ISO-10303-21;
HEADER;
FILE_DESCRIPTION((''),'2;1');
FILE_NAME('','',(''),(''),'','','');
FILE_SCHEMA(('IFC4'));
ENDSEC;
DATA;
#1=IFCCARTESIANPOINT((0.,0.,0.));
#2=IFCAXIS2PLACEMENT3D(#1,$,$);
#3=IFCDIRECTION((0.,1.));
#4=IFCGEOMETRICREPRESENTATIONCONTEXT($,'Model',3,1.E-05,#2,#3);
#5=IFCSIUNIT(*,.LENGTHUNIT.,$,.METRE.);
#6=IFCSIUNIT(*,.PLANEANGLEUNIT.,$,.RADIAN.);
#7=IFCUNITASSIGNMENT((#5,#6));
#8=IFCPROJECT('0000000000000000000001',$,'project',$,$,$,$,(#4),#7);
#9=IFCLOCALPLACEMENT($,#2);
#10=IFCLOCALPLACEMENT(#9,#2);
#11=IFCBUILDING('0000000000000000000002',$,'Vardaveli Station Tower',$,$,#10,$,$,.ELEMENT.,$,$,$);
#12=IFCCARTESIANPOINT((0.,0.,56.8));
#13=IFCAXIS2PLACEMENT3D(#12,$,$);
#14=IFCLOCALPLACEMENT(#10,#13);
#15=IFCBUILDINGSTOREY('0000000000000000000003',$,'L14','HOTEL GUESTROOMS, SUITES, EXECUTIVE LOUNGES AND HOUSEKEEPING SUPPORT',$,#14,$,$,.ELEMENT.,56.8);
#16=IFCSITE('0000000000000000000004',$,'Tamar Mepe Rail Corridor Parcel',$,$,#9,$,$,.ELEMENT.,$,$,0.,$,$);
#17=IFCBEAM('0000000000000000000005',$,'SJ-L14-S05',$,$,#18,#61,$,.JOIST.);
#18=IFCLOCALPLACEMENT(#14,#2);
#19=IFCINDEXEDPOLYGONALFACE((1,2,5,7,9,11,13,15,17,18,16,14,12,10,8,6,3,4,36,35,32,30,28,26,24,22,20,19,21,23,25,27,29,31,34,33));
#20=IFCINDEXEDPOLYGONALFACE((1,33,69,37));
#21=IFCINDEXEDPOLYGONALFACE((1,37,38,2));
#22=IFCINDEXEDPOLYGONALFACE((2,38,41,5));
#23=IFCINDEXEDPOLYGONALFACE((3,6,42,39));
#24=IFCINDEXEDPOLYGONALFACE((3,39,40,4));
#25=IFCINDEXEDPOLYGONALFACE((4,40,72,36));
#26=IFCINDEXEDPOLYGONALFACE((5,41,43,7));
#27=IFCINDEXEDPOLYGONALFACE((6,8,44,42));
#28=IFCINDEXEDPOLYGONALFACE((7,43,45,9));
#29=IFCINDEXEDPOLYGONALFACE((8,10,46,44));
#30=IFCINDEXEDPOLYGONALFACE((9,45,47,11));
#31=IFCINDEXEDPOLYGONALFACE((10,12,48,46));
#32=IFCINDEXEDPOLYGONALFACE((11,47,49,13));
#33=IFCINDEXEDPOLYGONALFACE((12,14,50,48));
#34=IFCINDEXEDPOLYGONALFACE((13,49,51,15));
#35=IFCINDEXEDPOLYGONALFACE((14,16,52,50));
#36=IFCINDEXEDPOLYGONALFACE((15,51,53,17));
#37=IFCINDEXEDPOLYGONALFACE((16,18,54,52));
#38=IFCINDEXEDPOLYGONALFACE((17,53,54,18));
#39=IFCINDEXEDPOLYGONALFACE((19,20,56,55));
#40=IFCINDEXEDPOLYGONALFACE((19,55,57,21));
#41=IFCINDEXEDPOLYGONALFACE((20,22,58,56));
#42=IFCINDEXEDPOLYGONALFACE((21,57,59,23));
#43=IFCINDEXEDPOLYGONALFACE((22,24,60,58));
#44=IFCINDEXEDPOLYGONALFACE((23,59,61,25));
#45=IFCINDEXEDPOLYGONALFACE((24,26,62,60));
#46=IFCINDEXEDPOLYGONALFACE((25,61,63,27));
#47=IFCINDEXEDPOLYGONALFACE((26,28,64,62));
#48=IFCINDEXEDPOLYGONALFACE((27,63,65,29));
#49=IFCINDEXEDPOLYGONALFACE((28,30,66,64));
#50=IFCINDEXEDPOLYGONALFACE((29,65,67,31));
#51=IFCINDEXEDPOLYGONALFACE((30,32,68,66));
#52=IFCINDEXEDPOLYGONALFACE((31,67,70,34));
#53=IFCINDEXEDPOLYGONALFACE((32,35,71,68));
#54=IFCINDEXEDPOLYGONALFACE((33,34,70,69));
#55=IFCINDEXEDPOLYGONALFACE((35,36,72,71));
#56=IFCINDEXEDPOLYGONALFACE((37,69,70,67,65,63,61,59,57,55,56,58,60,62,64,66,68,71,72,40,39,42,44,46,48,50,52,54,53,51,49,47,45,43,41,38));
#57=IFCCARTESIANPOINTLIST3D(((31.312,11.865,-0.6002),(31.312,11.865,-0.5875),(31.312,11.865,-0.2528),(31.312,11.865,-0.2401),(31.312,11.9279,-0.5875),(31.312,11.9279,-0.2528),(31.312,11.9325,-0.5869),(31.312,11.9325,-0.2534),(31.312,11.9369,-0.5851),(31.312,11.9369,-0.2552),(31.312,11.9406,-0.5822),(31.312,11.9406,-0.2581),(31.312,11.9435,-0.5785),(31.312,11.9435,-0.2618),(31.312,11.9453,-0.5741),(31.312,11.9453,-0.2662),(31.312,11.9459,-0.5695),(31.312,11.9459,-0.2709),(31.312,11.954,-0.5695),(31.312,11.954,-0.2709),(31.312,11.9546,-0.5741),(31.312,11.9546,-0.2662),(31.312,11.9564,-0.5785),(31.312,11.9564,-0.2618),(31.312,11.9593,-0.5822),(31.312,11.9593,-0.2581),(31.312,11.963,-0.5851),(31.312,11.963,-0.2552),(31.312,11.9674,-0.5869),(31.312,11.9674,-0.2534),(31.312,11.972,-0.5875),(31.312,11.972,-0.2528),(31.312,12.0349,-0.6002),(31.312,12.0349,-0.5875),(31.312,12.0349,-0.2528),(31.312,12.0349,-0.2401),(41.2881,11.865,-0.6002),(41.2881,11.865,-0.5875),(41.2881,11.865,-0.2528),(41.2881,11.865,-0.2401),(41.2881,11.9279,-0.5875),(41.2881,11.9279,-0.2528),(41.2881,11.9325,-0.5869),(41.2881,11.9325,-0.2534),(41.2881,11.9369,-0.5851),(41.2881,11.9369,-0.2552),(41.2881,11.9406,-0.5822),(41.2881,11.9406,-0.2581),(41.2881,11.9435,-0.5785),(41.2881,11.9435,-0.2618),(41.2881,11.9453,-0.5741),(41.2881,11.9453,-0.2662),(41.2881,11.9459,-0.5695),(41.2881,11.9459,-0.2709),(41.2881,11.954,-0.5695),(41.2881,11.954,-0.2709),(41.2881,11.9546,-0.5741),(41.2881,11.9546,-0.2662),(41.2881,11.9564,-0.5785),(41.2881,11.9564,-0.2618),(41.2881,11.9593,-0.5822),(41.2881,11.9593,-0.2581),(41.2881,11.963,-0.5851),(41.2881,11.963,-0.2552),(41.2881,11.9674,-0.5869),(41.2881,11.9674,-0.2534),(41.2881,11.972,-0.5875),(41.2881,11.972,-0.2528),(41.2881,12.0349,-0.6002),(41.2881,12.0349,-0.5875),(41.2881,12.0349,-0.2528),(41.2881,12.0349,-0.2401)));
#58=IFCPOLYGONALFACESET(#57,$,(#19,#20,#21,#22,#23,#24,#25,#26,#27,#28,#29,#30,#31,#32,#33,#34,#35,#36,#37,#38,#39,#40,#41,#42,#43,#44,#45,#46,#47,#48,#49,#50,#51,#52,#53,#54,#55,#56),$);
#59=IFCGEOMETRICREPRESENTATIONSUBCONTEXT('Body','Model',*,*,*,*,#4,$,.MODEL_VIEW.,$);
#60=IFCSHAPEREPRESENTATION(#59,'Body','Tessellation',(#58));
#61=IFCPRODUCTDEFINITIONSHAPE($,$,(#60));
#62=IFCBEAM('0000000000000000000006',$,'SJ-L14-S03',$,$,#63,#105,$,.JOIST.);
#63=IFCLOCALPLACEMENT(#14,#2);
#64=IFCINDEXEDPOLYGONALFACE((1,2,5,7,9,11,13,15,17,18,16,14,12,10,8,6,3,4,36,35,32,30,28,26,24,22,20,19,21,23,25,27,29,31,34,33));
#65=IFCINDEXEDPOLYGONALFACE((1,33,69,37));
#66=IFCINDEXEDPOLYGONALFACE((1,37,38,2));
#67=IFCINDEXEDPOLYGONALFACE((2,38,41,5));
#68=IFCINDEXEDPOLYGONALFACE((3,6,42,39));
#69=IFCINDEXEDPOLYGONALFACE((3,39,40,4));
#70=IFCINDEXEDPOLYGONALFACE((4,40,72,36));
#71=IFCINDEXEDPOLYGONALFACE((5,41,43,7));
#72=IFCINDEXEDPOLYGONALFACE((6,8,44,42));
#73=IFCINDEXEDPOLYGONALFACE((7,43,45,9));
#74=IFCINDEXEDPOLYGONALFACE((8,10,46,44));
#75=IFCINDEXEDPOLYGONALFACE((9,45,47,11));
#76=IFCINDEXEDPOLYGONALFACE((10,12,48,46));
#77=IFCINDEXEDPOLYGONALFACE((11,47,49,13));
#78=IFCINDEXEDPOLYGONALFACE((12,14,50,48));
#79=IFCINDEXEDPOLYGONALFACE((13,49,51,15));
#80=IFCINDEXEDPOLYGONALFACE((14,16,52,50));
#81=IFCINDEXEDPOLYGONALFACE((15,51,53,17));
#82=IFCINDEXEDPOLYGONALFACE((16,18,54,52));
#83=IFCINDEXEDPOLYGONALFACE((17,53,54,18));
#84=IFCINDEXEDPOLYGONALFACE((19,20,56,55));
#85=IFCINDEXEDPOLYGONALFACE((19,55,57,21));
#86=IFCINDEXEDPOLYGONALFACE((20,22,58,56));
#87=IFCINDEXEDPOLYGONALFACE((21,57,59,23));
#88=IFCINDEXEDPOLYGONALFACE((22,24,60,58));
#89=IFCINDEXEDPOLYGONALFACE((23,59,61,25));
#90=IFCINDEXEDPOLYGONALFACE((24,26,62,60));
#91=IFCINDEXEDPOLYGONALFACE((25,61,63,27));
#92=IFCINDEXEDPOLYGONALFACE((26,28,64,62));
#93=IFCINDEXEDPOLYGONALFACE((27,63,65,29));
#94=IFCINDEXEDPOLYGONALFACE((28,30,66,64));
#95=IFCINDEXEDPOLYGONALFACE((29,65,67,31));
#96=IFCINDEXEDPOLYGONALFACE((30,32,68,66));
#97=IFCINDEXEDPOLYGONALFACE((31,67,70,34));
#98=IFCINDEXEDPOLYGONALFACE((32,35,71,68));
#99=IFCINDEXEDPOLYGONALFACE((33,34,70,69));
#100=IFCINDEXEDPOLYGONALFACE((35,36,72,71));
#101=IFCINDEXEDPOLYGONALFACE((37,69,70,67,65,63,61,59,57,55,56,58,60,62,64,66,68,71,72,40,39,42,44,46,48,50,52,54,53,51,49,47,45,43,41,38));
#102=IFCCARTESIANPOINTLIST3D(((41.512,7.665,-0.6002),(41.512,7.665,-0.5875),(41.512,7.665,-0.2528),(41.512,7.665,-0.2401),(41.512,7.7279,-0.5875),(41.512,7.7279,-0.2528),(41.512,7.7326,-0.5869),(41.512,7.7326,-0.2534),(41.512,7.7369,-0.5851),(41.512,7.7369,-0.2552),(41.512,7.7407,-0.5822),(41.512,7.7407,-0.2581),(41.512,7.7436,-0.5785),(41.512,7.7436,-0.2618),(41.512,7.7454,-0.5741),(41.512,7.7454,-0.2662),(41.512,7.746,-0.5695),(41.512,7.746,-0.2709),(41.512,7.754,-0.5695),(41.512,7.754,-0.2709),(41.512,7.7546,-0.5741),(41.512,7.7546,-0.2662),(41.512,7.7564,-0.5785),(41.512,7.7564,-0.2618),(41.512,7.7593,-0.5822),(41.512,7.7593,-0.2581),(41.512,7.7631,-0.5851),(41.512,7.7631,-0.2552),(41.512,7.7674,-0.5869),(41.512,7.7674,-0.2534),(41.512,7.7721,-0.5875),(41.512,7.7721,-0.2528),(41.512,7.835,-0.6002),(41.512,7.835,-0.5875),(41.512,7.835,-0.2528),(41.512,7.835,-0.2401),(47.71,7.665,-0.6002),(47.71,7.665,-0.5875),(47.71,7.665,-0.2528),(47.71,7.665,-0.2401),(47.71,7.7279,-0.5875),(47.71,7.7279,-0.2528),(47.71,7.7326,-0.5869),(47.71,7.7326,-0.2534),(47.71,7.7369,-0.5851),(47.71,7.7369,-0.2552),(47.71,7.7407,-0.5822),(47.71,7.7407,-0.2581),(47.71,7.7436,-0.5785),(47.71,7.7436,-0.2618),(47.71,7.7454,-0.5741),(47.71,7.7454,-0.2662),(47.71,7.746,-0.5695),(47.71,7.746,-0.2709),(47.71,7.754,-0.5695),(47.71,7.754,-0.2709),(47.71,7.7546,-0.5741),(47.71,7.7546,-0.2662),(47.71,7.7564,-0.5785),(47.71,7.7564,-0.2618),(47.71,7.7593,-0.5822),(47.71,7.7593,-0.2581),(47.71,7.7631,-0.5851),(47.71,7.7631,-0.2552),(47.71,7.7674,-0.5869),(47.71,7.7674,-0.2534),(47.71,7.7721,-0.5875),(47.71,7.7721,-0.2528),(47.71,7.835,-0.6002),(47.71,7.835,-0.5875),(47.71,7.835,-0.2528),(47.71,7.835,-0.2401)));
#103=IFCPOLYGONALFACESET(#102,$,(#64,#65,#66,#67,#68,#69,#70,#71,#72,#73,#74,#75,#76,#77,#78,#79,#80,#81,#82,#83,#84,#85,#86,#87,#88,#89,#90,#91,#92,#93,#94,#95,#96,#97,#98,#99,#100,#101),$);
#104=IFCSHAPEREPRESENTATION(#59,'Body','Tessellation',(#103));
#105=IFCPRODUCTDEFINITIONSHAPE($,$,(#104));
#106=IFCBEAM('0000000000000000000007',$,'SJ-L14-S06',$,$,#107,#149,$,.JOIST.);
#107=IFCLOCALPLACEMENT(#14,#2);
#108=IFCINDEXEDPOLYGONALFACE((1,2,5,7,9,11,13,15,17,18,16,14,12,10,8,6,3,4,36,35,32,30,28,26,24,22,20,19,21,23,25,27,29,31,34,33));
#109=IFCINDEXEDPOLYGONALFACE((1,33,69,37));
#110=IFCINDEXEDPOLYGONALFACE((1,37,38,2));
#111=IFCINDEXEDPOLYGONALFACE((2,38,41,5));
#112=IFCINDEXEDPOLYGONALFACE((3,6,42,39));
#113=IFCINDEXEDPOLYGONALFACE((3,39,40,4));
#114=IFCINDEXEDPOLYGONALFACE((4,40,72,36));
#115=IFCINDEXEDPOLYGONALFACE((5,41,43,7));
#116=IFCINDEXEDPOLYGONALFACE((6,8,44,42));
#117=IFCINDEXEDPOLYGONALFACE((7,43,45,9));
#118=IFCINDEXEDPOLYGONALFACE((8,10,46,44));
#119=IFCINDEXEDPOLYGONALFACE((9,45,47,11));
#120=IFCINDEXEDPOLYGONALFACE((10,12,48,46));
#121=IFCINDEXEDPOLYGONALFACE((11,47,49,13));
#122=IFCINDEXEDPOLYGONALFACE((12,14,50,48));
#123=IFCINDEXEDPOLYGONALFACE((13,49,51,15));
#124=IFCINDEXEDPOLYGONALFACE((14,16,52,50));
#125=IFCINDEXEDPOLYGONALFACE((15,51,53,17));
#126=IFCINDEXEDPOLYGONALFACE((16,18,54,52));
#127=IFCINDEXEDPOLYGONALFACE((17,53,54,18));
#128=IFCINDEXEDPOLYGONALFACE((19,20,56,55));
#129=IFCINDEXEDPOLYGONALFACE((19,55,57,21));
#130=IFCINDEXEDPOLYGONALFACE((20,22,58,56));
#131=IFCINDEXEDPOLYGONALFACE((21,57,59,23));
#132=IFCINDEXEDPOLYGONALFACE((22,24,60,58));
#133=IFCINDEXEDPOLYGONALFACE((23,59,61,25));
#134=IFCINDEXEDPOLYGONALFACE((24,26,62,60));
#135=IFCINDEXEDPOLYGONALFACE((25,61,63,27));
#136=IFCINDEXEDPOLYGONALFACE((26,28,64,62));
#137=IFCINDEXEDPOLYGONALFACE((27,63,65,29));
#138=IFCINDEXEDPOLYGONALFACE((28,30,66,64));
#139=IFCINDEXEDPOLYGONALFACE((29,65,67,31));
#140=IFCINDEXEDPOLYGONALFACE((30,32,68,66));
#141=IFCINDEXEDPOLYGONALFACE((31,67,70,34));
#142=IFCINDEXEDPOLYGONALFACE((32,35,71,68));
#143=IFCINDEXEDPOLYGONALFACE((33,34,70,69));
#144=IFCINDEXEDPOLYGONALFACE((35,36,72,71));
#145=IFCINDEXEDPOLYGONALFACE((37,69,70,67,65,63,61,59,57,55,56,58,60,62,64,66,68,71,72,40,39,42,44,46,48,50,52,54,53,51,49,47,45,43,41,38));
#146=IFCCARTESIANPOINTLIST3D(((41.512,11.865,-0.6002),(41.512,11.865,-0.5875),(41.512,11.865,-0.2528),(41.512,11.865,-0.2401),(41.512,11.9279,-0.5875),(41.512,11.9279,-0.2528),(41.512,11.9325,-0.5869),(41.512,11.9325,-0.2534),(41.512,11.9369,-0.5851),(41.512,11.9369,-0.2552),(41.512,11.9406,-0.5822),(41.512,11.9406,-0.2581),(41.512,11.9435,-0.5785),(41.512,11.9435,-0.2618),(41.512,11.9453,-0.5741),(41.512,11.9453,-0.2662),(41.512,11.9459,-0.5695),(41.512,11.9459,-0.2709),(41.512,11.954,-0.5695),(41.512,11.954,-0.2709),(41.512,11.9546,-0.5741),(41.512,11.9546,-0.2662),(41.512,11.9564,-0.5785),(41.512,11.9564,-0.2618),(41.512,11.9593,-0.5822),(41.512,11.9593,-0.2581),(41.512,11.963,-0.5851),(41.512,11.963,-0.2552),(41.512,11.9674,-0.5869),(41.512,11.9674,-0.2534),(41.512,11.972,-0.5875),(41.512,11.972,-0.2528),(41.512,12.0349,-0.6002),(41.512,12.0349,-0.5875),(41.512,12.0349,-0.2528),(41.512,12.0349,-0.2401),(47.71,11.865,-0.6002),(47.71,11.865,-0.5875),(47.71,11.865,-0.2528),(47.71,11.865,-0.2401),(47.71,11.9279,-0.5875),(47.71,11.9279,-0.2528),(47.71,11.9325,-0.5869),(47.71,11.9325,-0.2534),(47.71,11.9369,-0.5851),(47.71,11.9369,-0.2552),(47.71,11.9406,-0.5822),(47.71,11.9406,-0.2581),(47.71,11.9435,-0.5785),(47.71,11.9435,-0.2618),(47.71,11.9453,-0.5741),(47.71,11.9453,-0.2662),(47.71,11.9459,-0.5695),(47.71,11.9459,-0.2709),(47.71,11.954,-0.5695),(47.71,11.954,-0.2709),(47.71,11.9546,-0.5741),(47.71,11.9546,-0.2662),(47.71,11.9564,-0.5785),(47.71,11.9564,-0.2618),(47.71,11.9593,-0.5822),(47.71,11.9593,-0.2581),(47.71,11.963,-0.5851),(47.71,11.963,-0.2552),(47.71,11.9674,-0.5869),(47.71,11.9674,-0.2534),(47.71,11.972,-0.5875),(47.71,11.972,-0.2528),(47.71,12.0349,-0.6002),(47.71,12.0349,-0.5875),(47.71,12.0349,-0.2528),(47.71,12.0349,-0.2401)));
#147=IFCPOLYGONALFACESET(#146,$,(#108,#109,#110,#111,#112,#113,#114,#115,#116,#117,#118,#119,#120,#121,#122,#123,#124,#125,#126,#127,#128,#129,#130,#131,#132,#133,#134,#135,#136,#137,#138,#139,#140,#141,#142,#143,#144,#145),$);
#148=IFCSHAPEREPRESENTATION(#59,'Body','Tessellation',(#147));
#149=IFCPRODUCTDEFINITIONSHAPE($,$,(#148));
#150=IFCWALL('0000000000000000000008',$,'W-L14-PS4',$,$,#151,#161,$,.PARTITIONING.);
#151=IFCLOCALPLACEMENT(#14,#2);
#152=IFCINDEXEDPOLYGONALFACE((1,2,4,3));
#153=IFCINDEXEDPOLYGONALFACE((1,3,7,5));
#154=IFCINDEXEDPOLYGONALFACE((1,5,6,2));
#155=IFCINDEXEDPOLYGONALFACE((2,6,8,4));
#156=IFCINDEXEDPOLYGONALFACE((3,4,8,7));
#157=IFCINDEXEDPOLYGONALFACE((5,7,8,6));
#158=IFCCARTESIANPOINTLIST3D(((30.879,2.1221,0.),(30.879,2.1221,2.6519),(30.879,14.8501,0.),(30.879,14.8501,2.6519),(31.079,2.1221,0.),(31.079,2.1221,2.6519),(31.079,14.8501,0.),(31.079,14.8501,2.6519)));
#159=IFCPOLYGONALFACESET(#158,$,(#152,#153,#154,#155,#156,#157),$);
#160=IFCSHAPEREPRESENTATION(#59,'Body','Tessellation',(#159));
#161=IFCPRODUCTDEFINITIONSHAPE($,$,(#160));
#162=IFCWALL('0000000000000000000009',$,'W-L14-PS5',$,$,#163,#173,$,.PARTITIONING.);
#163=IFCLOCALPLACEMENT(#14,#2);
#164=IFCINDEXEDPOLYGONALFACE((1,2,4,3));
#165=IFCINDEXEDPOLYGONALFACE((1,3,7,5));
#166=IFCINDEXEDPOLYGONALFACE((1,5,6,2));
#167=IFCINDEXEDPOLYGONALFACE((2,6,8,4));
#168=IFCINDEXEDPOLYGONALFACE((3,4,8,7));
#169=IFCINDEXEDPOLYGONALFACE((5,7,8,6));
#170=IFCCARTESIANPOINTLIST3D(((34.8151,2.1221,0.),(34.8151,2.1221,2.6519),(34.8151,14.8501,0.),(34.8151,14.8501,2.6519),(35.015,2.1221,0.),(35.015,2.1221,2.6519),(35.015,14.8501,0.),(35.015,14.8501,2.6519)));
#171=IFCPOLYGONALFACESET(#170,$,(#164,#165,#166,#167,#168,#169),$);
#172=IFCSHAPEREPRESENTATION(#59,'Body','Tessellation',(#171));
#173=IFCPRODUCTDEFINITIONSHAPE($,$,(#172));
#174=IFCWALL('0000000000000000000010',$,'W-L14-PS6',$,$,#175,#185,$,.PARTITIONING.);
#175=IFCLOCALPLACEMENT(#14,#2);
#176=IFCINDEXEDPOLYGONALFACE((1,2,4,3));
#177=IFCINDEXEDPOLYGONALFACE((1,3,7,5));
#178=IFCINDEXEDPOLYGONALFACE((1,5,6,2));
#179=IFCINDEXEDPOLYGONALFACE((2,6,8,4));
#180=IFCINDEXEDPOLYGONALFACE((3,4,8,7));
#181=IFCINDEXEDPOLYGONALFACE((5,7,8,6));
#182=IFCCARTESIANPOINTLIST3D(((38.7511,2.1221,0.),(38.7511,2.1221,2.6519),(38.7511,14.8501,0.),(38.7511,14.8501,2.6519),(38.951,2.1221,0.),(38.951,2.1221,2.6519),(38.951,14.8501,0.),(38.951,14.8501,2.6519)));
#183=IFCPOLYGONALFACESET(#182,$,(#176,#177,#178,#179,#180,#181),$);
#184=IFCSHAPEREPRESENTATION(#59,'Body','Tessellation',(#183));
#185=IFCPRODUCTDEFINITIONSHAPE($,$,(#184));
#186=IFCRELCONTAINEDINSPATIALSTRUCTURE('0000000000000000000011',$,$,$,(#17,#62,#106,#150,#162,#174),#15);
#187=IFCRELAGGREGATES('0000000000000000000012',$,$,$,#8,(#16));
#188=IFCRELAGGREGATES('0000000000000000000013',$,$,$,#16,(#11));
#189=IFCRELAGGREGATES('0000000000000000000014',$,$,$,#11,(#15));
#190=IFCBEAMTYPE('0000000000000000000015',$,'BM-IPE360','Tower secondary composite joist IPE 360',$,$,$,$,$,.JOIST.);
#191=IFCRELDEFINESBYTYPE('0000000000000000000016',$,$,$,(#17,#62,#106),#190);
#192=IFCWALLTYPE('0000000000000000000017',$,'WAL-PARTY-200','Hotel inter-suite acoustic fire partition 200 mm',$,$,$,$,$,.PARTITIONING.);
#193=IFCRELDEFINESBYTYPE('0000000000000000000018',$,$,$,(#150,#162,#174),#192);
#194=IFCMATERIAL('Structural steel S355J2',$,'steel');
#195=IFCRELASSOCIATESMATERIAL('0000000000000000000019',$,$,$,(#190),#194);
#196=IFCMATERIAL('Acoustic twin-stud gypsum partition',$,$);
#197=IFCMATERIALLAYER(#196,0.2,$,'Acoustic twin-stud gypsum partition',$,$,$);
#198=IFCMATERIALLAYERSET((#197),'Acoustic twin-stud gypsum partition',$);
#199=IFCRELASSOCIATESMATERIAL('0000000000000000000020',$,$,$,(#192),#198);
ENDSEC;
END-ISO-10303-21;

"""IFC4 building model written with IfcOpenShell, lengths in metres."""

from ifc_helpers import new_model, si_unit, direction, frame, frame_2d, origin, origin_2d, place, context, subcontext, project, spatial, rectangle, i_section, extrude, source, transform, mapped, material, layer, layer_set, material_profile, profile_set, type_object, element, save


model = new_model("IFC4")

# Units and contexts
model_context = context("Model", 3, precision=1e-05, world=origin(), true_north=direction((0.0, 1.0)))
body_context = subcontext(model_context, "Body", "Model", "MODEL_VIEW")
ifc_project = project(units=[si_unit("LENGTHUNIT", "METRE"), si_unit("PLANEANGLEUNIT", "RADIAN")], contexts=[model_context])

# Site, building, storey
site_placement = place(None, origin())
site = spatial("IfcSite", under=ifc_project, at=site_placement, Name="Tamar Mepe Rail Corridor Parcel", CompositionType="ELEMENT", RefElevation=0.0)
building_placement = place(site_placement, origin())
building = spatial("IfcBuilding", under=site, at=building_placement, Name="Vardaveli Station Tower", CompositionType="ELEMENT")
storey_placement = place(building_placement, frame((0.0, 0.0, 56.8)))
storey = spatial("IfcBuildingStorey", under=building, at=storey_placement, Name="L14", Description="HOTEL GUESTROOMS, SUITES, EXECUTIVE LOUNGES AND HOUSEKEEPING SUPPORT", CompositionType="ELEMENT", Elevation=56.8)

# Beams
ifc_material_1 = material(Name="Structural steel S355J2", Category="steel")
ifc_material_profile_1 = material_profile(ifc_material_1, i_section(OverallWidth=0.1699, OverallDepth=0.3601, WebThickness=0.0081, FlangeThickness=0.0127, FilletRadius=0.0181, at=origin_2d()), Name="IPE 360")
ifc_profile_set_1 = profile_set([ifc_material_profile_1], Name="Structural steel S355J2")
beam_type_1 = type_object("IfcBeamType", Name="BM-IPE360", Description="Tower secondary composite joist IPE 360", PredefinedType="JOIST", material=ifc_profile_set_1)
shared_shape_1 = source(origin(), body_context, "Body", "SweptSolid", [
    extrude(i_section(OverallWidth=0.1699, OverallDepth=0.3601, WebThickness=0.0081, FlangeThickness=0.0127, FilletRadius=0.0181, at=origin_2d()), origin(), (0.0, 0.0, 1.0), 9.9761),
])
for number, where, z_axis, x_axis, name in (
    (1, (31.312, 11.95, -0.4202), (1.0, 0.0, 0.0), (0.0, 1.0, 0.0), "SJ-L14-S05"),
):
    element("IfcBeam", number, at=place(storey_placement, frame(where, z_axis=z_axis, x_axis=x_axis)), inside=storey, type_object=beam_type_1, Name=name, PredefinedType="JOIST", context=body_context, shape_type="MappedRepresentation", body=[
        mapped(shared_shape_1, transform((0.0, 0.0, 0.0), scale=1.0)),
    ])
shared_shape_2 = source(origin(), body_context, "Body", "SweptSolid", [
    extrude(i_section(OverallWidth=0.1699, OverallDepth=0.3601, WebThickness=0.0081, FlangeThickness=0.0127, FilletRadius=0.0181, at=origin_2d()), origin(), (0.0, 0.0, 1.0), 6.198),
])
for number, where, z_axis, x_axis, name in (
    (2, (41.512, 7.75, -0.4202), (1.0, 0.0, 0.0), (0.0, 1.0, 0.0), "SJ-L14-S03"),
    (3, (41.512, 11.95, -0.4202), (1.0, 0.0, 0.0), (0.0, 1.0, 0.0), "SJ-L14-S06"),
):
    element("IfcBeam", number, at=place(storey_placement, frame(where, z_axis=z_axis, x_axis=x_axis)), inside=storey, type_object=beam_type_1, Name=name, PredefinedType="JOIST", context=body_context, shape_type="MappedRepresentation", body=[
        mapped(shared_shape_2, transform((0.0, 0.0, 0.0), scale=1.0)),
    ])

# Walls
ifc_material_2 = material(Name="Acoustic twin-stud gypsum partition")
ifc_layer = layer(ifc_material_2, 0.2, Name="Acoustic twin-stud gypsum partition")
ifc_layer_set = layer_set([ifc_layer], Name="Acoustic twin-stud gypsum partition")
wall_type = type_object("IfcWallType", Name="WAL-PARTY-200", Description="Hotel inter-suite acoustic fire partition 200 mm", PredefinedType="PARTITIONING", material=ifc_layer_set)
shared_shape_3 = source(origin(), body_context, "Body", "SweptSolid", [
    extrude(rectangle(XDim=12.728, YDim=0.2, at=frame_2d((6.364, 0.0))), origin(), (0.0, 0.0, 1.0), 2.6519),
])
for number, where, z_axis, x_axis, name in (
    (4, (30.979, 2.1221, 0.0), (0.0, 0.0, 1.0), (0.0, 1.0, 0.0), "W-L14-PS4"),
    (5, (34.915, 2.1221, 0.0), (0.0, 0.0, 1.0), (0.0, 1.0, 0.0), "W-L14-PS5"),
    (6, (38.8511, 2.1221, 0.0), (0.0, 0.0, 1.0), (0.0, 1.0, 0.0), "W-L14-PS6"),
):
    element("IfcWall", number, at=place(storey_placement, frame(where, z_axis=z_axis, x_axis=x_axis)), inside=storey, type_object=wall_type, Name=name, PredefinedType="PARTITIONING", context=body_context, shape_type="MappedRepresentation", body=[
        mapped(shared_shape_3, transform((0.0, 0.0, 0.0), scale=1.0)),
    ])

save(model, "model.ifc")
